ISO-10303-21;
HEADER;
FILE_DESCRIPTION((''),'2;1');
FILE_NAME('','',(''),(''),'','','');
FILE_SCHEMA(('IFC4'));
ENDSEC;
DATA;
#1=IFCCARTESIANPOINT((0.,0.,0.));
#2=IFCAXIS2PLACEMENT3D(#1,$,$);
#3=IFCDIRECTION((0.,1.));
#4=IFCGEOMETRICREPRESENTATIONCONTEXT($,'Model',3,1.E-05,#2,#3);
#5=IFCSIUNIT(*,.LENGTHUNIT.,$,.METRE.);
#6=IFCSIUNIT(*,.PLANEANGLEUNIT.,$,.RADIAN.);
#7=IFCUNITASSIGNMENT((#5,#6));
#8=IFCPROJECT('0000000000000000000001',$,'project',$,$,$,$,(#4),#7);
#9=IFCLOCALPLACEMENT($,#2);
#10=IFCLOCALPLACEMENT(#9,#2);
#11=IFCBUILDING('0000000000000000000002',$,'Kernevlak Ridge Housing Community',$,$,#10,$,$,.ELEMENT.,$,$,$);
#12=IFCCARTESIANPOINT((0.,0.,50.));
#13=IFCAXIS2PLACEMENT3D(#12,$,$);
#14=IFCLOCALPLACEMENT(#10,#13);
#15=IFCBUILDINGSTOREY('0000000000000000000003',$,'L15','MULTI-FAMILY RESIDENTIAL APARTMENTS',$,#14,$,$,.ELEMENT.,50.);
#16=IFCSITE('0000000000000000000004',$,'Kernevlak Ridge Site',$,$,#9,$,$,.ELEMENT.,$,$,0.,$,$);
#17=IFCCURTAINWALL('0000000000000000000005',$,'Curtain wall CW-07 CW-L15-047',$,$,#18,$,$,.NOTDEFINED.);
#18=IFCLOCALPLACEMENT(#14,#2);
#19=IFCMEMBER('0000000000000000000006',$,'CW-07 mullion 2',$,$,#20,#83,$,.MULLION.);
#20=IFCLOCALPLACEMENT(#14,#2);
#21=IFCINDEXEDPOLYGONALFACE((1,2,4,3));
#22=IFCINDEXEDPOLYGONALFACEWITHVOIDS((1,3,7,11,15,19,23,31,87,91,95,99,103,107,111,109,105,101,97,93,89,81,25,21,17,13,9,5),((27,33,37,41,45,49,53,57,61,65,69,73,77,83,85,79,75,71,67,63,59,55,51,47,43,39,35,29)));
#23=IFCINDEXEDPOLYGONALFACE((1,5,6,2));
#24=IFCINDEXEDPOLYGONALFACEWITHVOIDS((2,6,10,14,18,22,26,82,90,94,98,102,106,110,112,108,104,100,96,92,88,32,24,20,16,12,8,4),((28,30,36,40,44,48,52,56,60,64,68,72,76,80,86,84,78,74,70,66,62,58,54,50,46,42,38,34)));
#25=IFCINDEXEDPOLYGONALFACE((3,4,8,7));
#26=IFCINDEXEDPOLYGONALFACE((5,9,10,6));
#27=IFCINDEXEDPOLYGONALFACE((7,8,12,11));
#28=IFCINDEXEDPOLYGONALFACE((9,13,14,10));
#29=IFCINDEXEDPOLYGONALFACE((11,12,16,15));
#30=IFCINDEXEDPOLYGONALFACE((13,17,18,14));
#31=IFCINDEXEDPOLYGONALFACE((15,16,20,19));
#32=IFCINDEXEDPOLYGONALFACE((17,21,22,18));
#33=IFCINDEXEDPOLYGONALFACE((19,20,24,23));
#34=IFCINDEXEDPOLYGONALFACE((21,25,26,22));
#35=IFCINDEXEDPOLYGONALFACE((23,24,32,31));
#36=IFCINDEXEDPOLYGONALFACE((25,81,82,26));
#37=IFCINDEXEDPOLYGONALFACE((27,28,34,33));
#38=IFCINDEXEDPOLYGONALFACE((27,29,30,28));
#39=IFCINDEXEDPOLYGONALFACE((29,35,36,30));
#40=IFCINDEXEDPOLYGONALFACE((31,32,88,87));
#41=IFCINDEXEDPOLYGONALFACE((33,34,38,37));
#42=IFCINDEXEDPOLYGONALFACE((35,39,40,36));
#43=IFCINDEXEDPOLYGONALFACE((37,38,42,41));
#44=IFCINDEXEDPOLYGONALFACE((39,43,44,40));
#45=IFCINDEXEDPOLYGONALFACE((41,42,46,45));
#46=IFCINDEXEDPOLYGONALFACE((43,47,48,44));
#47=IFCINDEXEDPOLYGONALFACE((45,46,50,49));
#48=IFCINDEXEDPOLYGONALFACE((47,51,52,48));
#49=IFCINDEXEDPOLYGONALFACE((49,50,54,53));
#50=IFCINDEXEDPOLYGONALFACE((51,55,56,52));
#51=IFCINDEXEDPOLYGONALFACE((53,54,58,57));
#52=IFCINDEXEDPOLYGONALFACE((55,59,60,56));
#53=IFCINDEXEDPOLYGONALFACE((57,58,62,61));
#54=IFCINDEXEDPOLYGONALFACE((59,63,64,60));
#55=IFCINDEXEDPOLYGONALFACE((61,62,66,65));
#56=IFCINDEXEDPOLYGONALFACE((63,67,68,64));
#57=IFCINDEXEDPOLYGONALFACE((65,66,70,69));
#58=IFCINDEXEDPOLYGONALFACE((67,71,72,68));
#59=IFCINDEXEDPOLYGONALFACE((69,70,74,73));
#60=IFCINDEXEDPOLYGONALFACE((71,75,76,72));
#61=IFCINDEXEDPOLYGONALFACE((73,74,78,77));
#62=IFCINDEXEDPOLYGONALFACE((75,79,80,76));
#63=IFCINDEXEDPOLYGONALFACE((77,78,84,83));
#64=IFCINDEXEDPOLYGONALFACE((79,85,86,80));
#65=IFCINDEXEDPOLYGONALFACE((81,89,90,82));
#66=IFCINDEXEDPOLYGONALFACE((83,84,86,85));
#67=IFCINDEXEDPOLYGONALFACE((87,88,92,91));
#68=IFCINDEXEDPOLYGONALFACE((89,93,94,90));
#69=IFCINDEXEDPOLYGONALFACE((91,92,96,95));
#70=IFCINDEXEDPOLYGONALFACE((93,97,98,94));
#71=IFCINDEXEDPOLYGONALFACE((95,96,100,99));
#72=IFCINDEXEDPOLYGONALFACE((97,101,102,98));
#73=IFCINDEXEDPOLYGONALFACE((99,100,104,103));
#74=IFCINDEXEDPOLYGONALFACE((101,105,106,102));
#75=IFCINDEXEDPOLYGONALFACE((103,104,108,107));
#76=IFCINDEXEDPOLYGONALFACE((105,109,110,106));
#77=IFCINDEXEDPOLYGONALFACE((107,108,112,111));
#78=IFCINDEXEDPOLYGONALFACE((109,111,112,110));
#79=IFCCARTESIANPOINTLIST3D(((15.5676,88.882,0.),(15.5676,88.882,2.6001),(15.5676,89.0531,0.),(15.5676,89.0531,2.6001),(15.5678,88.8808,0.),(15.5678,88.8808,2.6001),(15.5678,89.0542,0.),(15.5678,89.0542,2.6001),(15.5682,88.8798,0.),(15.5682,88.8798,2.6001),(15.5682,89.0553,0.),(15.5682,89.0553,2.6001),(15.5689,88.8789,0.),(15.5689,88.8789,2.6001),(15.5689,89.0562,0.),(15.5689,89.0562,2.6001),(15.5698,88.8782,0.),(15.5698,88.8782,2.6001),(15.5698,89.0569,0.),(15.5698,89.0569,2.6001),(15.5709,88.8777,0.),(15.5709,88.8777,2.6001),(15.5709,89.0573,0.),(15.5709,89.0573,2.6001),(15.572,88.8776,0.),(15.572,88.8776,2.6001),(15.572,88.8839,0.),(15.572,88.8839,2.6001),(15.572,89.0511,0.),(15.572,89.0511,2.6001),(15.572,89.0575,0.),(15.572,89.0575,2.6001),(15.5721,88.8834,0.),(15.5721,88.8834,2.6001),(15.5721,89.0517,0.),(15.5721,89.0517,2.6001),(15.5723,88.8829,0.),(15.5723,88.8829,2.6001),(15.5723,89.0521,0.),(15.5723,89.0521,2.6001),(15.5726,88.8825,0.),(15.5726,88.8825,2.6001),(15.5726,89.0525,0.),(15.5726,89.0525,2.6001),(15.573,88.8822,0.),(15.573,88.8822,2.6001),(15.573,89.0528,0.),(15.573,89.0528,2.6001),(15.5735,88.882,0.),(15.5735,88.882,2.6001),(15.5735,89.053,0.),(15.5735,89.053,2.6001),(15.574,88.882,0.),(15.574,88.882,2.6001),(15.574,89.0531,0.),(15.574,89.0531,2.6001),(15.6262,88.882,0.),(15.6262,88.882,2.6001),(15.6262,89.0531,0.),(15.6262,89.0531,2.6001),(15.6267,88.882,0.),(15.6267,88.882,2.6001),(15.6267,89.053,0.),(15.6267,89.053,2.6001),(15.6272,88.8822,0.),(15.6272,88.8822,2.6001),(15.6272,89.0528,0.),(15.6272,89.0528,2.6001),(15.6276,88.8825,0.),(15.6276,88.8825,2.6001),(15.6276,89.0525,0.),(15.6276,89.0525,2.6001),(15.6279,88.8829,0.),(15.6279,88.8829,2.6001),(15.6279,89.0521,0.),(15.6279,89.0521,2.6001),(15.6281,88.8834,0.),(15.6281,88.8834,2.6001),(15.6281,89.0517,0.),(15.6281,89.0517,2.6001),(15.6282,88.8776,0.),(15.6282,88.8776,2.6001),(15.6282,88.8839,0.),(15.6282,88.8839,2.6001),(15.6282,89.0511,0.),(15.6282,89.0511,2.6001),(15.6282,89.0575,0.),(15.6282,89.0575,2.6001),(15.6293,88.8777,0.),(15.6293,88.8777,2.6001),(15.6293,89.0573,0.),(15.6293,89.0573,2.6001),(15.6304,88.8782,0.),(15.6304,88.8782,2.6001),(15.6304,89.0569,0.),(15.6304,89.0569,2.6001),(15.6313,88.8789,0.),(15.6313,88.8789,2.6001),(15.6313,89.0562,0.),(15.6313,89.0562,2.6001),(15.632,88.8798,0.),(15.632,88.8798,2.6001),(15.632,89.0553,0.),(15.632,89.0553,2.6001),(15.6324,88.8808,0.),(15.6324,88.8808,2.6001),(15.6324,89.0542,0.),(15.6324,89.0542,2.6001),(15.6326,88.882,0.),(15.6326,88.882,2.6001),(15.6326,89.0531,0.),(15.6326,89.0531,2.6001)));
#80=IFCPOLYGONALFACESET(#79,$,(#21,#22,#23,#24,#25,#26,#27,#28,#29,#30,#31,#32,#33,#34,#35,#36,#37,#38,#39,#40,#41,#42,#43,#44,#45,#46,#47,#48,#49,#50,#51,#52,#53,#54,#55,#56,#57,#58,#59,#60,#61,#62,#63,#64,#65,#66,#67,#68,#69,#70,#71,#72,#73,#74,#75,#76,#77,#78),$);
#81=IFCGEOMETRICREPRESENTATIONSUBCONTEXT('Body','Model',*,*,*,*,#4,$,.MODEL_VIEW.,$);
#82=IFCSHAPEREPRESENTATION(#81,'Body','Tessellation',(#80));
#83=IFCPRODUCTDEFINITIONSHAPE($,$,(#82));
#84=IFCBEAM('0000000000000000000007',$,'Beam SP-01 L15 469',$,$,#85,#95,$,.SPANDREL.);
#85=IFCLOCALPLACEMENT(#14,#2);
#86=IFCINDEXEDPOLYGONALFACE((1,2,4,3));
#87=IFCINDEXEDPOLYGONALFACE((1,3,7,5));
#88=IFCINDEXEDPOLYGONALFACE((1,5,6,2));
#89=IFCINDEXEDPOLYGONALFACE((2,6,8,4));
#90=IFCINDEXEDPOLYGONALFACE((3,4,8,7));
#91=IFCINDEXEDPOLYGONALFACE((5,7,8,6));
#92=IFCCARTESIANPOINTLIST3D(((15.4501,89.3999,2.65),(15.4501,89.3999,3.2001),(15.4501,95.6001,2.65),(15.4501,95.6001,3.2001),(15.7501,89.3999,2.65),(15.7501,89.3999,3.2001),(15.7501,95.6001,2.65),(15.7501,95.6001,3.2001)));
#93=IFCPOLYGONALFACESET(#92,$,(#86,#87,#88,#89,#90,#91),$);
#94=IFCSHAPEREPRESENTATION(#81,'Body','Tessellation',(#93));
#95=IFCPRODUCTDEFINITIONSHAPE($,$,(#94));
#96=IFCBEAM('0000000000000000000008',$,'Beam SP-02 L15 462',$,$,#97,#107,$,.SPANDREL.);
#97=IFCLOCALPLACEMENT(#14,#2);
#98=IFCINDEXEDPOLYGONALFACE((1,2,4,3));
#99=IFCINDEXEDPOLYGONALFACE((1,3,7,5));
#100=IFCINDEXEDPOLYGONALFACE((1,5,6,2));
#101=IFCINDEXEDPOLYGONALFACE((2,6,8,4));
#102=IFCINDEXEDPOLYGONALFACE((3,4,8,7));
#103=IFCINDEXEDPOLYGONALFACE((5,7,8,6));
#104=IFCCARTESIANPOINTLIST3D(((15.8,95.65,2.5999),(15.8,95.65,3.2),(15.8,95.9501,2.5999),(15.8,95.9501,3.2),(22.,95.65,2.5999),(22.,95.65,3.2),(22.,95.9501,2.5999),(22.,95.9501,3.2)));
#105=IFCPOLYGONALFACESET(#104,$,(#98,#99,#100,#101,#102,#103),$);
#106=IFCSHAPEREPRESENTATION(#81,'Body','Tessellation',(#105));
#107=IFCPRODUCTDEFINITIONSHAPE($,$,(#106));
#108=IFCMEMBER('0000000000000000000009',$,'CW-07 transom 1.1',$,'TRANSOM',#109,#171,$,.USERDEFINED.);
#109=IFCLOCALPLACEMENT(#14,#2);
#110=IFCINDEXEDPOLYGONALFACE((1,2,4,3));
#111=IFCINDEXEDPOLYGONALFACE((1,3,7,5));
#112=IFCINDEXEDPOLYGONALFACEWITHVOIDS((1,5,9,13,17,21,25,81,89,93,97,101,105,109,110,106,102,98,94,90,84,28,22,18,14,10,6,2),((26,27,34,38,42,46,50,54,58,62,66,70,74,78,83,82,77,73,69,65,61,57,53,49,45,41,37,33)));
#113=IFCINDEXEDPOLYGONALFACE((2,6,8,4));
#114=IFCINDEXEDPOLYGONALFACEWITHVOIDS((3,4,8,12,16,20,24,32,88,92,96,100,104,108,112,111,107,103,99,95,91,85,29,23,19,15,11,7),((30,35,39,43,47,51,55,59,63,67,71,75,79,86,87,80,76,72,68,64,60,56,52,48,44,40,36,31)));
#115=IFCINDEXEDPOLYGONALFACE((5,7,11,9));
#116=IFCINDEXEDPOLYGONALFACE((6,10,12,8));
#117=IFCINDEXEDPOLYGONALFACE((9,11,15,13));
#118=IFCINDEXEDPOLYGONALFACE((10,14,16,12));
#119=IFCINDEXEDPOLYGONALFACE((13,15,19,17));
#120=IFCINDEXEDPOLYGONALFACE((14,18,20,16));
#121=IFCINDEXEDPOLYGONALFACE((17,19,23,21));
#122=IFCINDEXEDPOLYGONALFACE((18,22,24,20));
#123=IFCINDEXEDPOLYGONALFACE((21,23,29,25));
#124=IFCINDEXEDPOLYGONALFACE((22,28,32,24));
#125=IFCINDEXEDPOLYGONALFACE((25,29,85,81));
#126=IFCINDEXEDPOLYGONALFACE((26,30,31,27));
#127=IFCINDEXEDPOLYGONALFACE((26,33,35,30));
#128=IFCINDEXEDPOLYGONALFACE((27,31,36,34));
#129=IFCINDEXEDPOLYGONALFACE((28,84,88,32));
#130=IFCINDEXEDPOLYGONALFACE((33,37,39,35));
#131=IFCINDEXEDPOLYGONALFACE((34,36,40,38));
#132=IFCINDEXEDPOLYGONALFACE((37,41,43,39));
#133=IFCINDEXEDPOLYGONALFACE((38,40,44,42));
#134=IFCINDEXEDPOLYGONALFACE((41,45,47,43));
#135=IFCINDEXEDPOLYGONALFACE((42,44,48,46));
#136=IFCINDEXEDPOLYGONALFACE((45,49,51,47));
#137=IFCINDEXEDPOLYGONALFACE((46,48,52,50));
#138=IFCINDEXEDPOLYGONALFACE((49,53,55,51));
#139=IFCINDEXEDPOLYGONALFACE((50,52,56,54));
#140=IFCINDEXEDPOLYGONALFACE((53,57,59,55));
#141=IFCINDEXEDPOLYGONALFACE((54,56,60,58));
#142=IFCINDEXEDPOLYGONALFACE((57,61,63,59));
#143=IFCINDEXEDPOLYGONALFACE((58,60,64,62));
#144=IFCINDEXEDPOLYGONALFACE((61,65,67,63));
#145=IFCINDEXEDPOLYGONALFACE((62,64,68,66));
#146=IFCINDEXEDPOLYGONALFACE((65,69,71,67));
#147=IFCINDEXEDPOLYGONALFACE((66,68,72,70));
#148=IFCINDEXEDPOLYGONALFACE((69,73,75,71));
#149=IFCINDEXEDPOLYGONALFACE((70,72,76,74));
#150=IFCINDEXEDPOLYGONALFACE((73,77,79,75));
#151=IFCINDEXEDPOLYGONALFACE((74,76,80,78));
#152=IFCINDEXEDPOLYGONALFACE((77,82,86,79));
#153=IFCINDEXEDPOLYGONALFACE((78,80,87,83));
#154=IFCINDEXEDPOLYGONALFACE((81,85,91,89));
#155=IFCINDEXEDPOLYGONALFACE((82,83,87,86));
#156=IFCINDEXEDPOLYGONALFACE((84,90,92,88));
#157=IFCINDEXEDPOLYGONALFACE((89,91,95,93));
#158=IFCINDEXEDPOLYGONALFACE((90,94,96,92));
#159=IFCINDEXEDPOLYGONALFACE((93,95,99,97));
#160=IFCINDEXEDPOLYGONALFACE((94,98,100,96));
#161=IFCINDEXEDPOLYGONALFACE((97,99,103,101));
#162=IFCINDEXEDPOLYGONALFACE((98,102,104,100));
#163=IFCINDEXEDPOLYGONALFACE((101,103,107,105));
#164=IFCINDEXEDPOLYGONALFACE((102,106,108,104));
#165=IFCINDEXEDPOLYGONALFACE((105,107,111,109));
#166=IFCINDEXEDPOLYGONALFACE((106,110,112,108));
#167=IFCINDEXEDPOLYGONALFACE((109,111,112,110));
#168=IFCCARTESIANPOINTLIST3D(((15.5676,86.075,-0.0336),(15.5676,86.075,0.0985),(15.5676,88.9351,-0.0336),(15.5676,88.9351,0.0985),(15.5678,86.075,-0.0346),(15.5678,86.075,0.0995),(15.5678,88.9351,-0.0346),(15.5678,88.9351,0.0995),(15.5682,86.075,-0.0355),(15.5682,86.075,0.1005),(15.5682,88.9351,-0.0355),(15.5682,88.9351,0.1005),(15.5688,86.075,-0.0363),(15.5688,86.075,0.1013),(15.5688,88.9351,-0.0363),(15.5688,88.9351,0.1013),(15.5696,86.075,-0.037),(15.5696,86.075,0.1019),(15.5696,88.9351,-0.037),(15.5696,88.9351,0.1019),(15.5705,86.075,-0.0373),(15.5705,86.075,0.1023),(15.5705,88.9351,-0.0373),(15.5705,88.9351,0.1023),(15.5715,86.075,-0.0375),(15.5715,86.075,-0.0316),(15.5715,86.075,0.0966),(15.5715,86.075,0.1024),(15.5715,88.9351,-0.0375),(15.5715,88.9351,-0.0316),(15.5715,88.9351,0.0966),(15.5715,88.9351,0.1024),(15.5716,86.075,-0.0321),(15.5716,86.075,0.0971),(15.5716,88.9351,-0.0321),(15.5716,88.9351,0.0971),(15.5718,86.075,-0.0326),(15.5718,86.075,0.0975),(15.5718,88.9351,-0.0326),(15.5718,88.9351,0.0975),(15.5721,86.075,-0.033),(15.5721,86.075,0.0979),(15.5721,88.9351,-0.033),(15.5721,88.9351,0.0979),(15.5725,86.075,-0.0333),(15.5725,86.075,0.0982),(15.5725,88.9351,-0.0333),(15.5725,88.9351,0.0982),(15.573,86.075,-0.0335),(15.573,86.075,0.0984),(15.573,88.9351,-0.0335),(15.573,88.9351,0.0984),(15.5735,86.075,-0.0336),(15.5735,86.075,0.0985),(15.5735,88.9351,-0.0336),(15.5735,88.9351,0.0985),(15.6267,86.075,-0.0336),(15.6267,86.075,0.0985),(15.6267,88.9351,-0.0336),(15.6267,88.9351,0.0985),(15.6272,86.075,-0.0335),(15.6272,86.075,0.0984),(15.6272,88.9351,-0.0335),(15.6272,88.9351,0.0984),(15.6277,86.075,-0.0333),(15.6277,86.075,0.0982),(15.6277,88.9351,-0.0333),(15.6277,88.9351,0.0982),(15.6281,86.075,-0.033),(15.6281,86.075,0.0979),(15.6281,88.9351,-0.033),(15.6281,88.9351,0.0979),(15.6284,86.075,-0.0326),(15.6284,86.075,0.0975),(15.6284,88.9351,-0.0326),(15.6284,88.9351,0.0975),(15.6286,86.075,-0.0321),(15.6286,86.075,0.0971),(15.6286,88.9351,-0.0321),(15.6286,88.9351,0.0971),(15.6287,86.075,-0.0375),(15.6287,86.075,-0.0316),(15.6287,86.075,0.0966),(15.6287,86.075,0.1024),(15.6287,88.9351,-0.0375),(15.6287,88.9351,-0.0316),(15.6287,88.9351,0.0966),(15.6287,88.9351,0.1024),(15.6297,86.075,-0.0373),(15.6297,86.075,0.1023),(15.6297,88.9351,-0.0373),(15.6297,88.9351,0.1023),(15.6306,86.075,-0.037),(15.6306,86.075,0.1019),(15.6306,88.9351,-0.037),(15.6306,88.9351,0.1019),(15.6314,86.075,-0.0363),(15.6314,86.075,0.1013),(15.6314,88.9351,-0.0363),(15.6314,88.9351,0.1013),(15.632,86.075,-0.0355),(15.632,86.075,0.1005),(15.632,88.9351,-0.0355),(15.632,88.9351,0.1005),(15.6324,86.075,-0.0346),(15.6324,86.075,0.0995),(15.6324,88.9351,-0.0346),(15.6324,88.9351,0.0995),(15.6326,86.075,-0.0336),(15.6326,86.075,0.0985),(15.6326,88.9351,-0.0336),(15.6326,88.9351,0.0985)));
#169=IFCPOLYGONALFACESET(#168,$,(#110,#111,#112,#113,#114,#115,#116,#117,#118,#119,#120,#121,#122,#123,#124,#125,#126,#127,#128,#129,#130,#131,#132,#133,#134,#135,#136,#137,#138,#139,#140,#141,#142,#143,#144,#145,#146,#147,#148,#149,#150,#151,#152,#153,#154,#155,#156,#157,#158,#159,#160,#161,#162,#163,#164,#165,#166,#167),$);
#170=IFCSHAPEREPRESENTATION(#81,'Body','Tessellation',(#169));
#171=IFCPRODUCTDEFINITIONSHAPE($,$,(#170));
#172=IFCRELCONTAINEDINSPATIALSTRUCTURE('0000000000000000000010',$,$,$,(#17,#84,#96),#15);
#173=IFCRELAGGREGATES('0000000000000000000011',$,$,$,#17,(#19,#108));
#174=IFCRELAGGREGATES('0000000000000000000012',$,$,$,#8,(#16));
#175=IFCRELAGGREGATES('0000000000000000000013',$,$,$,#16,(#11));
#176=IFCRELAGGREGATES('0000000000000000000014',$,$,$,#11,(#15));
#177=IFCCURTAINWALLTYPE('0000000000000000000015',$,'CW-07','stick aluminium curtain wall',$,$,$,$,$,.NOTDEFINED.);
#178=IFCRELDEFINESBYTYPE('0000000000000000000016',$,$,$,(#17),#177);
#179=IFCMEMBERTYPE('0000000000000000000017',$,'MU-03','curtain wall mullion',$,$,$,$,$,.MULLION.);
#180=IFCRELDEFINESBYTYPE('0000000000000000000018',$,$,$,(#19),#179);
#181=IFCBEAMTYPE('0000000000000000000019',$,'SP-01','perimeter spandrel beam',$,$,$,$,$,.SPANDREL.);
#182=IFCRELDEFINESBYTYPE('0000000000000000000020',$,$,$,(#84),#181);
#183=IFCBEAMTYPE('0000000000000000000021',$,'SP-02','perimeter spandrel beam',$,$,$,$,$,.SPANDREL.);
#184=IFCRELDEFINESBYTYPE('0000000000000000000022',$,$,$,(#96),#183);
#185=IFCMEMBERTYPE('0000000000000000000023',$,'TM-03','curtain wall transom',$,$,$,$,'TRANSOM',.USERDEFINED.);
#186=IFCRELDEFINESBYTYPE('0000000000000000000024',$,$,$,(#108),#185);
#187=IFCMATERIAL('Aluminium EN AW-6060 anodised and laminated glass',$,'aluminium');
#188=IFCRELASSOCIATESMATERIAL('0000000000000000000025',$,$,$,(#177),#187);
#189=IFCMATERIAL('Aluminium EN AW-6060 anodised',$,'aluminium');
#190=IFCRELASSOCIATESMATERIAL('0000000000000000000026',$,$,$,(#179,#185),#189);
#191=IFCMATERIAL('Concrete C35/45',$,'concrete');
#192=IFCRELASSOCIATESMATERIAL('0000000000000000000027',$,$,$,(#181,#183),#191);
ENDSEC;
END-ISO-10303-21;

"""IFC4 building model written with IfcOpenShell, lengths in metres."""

from ifc_helpers import new_model, si_unit, direction, frame, origin, origin_2d, place, context, subcontext, project, spatial, rectangle, hollow_rectangle, extrude, material, material_profile, profile_set, type_object, element, aggregate, save


model = new_model("IFC4")

# Units and contexts
model_context = context("Model", 3, precision=1e-05, world=origin(), true_north=direction((0.0, 1.0)))
body_context = subcontext(model_context, "Body", "Model", "MODEL_VIEW")
ifc_project = project(units=[si_unit("LENGTHUNIT", "METRE"), si_unit("PLANEANGLEUNIT", "RADIAN")], contexts=[model_context])

# Site, building, storey
site_placement = place(None, origin())
site = spatial("IfcSite", under=ifc_project, at=site_placement, Name="Kernevlak Ridge Site", CompositionType="ELEMENT", RefElevation=0.0)
building_placement = place(site_placement, origin())
building = spatial("IfcBuilding", under=site, at=building_placement, Name="Kernevlak Ridge Housing Community", CompositionType="ELEMENT")
storey_placement = place(building_placement, frame((0.0, 0.0, 50.0)))
storey = spatial("IfcBuildingStorey", under=building, at=storey_placement, Name="L15", Description="MULTI-FAMILY RESIDENTIAL APARTMENTS", CompositionType="ELEMENT", Elevation=50.0)

# Shared definitions
ifc_material_1 = material(Name="Concrete C35/45", Category="concrete")

# Shared definitions
ifc_material_2 = material(Name="Aluminium EN AW-6060 anodised and laminated glass", Category="aluminium")
ifc_material_3 = material(Name="Aluminium EN AW-6060 anodised", Category="aluminium")

# Curtain wall, member
curtain_wall_type_1 = type_object("IfcCurtainWallType", Name="CW-07", Description="stick aluminium curtain wall", PredefinedType="NOTDEFINED", material=ifc_material_2)
curtain_wall_1_placement = place(storey_placement, origin())
curtain_wall_1 = element("IfcCurtainWall", 1, at=curtain_wall_1_placement, inside=storey, type_object=curtain_wall_type_1, Name="Curtain wall CW-07 CW-L15-047", PredefinedType="NOTDEFINED")
ifc_material_profile_1 = material_profile(ifc_material_3, hollow_rectangle(XDim=0.0649, YDim=0.1799, WallThickness=0.0044, InnerFilletRadius=0.002, OuterFilletRadius=0.0044, at=origin_2d()), Name="ALU 65x180x4.5")
ifc_profile_set_1 = profile_set([ifc_material_profile_1], Name="Aluminium EN AW-6060 anodised")
member_type_1 = type_object("IfcMemberType", Name="MU-03", Description="curtain wall mullion", PredefinedType="MULLION", material=ifc_profile_set_1)
member_1_placement = place(storey_placement, frame((15.6001, 88.9675, 0.0), z_axis=(0.0, 0.0, 1.0), x_axis=(-1.0, 0.0, 0.0)))
member_1 = element("IfcMember", 2, at=member_1_placement, type_object=member_type_1, Name="CW-07 mullion 2", PredefinedType="MULLION", context=body_context, shape_type="SweptSolid", body=[
    extrude(hollow_rectangle(XDim=0.0649, YDim=0.1799, WallThickness=0.0044, InnerFilletRadius=0.002, OuterFilletRadius=0.0044, at=origin_2d()), origin(), (0.0, 0.0, 1.0), 2.6001),
])

# Beams
ifc_material_profile_2 = material_profile(ifc_material_1, rectangle(XDim=0.3, YDim=0.55, at=origin_2d()), Name="RC 300x550")
ifc_profile_set_2 = profile_set([ifc_material_profile_2], Name="Concrete C35/45")
beam_type_1 = type_object("IfcBeamType", Name="SP-01", Description="perimeter spandrel beam", PredefinedType="SPANDREL", material=ifc_profile_set_2)
beam_1_placement = place(storey_placement, frame((15.6001, 89.3999, 2.925), z_axis=(0.0, 1.0, 0.0), x_axis=(-1.0, 0.0, 0.0)))
element("IfcBeam", 3, at=beam_1_placement, inside=storey, type_object=beam_type_1, Name="Beam SP-01 L15 469", PredefinedType="SPANDREL", context=body_context, shape_type="SweptSolid", body=[
    extrude(rectangle(XDim=0.3, YDim=0.55, at=origin_2d()), origin(), (0.0, 0.0, 1.0), 6.2002),
])
ifc_material_profile_3 = material_profile(ifc_material_1, rectangle(XDim=0.3, YDim=0.6001, at=origin_2d()), Name="RC 300x600")
ifc_profile_set_3 = profile_set([ifc_material_profile_3], Name="Concrete C35/45")
beam_type_2 = type_object("IfcBeamType", Name="SP-02", Description="perimeter spandrel beam", PredefinedType="SPANDREL", material=ifc_profile_set_3)
beam_2_placement = place(storey_placement, frame((15.8, 95.8, 2.8999), z_axis=(1.0, 0.0, 0.0), x_axis=(0.0, 1.0, 0.0)))
element("IfcBeam", 4, at=beam_2_placement, inside=storey, type_object=beam_type_2, Name="Beam SP-02 L15 462", PredefinedType="SPANDREL", context=body_context, shape_type="SweptSolid", body=[
    extrude(rectangle(XDim=0.3, YDim=0.6001, at=origin_2d()), origin(), (0.0, 0.0, 1.0), 6.2),
])

# Member
ifc_material_profile_4 = material_profile(ifc_material_3, hollow_rectangle(XDim=0.0649, YDim=0.1399, WallThickness=0.0039, InnerFilletRadius=0.002, OuterFilletRadius=0.0039, at=origin_2d()), Name="ALU 65x140x4")
ifc_profile_set_4 = profile_set([ifc_material_profile_4], Name="Aluminium EN AW-6060 anodised")
member_type_2 = type_object("IfcMemberType", Name="TM-03", Description="curtain wall transom", ElementType="TRANSOM", PredefinedType="USERDEFINED", material=ifc_profile_set_4)
member_2_placement = place(storey_placement, frame((15.6001, 86.075, 0.0325), z_axis=(0.0, 1.0, 0.0), x_axis=(-1.0, 0.0, 0.0)))
member_2 = element("IfcMember", 5, at=member_2_placement, type_object=member_type_2, Name="CW-07 transom 1.1", ObjectType="TRANSOM", PredefinedType="USERDEFINED", context=body_context, shape_type="SweptSolid", body=[
    extrude(hollow_rectangle(XDim=0.0649, YDim=0.1399, WallThickness=0.0039, InnerFilletRadius=0.002, OuterFilletRadius=0.0039, at=origin_2d()), origin(), (0.0, 0.0, 1.0), 2.8601),
])

aggregate(curtain_wall_1, [member_1, member_2])

save(model, "model.ifc")
